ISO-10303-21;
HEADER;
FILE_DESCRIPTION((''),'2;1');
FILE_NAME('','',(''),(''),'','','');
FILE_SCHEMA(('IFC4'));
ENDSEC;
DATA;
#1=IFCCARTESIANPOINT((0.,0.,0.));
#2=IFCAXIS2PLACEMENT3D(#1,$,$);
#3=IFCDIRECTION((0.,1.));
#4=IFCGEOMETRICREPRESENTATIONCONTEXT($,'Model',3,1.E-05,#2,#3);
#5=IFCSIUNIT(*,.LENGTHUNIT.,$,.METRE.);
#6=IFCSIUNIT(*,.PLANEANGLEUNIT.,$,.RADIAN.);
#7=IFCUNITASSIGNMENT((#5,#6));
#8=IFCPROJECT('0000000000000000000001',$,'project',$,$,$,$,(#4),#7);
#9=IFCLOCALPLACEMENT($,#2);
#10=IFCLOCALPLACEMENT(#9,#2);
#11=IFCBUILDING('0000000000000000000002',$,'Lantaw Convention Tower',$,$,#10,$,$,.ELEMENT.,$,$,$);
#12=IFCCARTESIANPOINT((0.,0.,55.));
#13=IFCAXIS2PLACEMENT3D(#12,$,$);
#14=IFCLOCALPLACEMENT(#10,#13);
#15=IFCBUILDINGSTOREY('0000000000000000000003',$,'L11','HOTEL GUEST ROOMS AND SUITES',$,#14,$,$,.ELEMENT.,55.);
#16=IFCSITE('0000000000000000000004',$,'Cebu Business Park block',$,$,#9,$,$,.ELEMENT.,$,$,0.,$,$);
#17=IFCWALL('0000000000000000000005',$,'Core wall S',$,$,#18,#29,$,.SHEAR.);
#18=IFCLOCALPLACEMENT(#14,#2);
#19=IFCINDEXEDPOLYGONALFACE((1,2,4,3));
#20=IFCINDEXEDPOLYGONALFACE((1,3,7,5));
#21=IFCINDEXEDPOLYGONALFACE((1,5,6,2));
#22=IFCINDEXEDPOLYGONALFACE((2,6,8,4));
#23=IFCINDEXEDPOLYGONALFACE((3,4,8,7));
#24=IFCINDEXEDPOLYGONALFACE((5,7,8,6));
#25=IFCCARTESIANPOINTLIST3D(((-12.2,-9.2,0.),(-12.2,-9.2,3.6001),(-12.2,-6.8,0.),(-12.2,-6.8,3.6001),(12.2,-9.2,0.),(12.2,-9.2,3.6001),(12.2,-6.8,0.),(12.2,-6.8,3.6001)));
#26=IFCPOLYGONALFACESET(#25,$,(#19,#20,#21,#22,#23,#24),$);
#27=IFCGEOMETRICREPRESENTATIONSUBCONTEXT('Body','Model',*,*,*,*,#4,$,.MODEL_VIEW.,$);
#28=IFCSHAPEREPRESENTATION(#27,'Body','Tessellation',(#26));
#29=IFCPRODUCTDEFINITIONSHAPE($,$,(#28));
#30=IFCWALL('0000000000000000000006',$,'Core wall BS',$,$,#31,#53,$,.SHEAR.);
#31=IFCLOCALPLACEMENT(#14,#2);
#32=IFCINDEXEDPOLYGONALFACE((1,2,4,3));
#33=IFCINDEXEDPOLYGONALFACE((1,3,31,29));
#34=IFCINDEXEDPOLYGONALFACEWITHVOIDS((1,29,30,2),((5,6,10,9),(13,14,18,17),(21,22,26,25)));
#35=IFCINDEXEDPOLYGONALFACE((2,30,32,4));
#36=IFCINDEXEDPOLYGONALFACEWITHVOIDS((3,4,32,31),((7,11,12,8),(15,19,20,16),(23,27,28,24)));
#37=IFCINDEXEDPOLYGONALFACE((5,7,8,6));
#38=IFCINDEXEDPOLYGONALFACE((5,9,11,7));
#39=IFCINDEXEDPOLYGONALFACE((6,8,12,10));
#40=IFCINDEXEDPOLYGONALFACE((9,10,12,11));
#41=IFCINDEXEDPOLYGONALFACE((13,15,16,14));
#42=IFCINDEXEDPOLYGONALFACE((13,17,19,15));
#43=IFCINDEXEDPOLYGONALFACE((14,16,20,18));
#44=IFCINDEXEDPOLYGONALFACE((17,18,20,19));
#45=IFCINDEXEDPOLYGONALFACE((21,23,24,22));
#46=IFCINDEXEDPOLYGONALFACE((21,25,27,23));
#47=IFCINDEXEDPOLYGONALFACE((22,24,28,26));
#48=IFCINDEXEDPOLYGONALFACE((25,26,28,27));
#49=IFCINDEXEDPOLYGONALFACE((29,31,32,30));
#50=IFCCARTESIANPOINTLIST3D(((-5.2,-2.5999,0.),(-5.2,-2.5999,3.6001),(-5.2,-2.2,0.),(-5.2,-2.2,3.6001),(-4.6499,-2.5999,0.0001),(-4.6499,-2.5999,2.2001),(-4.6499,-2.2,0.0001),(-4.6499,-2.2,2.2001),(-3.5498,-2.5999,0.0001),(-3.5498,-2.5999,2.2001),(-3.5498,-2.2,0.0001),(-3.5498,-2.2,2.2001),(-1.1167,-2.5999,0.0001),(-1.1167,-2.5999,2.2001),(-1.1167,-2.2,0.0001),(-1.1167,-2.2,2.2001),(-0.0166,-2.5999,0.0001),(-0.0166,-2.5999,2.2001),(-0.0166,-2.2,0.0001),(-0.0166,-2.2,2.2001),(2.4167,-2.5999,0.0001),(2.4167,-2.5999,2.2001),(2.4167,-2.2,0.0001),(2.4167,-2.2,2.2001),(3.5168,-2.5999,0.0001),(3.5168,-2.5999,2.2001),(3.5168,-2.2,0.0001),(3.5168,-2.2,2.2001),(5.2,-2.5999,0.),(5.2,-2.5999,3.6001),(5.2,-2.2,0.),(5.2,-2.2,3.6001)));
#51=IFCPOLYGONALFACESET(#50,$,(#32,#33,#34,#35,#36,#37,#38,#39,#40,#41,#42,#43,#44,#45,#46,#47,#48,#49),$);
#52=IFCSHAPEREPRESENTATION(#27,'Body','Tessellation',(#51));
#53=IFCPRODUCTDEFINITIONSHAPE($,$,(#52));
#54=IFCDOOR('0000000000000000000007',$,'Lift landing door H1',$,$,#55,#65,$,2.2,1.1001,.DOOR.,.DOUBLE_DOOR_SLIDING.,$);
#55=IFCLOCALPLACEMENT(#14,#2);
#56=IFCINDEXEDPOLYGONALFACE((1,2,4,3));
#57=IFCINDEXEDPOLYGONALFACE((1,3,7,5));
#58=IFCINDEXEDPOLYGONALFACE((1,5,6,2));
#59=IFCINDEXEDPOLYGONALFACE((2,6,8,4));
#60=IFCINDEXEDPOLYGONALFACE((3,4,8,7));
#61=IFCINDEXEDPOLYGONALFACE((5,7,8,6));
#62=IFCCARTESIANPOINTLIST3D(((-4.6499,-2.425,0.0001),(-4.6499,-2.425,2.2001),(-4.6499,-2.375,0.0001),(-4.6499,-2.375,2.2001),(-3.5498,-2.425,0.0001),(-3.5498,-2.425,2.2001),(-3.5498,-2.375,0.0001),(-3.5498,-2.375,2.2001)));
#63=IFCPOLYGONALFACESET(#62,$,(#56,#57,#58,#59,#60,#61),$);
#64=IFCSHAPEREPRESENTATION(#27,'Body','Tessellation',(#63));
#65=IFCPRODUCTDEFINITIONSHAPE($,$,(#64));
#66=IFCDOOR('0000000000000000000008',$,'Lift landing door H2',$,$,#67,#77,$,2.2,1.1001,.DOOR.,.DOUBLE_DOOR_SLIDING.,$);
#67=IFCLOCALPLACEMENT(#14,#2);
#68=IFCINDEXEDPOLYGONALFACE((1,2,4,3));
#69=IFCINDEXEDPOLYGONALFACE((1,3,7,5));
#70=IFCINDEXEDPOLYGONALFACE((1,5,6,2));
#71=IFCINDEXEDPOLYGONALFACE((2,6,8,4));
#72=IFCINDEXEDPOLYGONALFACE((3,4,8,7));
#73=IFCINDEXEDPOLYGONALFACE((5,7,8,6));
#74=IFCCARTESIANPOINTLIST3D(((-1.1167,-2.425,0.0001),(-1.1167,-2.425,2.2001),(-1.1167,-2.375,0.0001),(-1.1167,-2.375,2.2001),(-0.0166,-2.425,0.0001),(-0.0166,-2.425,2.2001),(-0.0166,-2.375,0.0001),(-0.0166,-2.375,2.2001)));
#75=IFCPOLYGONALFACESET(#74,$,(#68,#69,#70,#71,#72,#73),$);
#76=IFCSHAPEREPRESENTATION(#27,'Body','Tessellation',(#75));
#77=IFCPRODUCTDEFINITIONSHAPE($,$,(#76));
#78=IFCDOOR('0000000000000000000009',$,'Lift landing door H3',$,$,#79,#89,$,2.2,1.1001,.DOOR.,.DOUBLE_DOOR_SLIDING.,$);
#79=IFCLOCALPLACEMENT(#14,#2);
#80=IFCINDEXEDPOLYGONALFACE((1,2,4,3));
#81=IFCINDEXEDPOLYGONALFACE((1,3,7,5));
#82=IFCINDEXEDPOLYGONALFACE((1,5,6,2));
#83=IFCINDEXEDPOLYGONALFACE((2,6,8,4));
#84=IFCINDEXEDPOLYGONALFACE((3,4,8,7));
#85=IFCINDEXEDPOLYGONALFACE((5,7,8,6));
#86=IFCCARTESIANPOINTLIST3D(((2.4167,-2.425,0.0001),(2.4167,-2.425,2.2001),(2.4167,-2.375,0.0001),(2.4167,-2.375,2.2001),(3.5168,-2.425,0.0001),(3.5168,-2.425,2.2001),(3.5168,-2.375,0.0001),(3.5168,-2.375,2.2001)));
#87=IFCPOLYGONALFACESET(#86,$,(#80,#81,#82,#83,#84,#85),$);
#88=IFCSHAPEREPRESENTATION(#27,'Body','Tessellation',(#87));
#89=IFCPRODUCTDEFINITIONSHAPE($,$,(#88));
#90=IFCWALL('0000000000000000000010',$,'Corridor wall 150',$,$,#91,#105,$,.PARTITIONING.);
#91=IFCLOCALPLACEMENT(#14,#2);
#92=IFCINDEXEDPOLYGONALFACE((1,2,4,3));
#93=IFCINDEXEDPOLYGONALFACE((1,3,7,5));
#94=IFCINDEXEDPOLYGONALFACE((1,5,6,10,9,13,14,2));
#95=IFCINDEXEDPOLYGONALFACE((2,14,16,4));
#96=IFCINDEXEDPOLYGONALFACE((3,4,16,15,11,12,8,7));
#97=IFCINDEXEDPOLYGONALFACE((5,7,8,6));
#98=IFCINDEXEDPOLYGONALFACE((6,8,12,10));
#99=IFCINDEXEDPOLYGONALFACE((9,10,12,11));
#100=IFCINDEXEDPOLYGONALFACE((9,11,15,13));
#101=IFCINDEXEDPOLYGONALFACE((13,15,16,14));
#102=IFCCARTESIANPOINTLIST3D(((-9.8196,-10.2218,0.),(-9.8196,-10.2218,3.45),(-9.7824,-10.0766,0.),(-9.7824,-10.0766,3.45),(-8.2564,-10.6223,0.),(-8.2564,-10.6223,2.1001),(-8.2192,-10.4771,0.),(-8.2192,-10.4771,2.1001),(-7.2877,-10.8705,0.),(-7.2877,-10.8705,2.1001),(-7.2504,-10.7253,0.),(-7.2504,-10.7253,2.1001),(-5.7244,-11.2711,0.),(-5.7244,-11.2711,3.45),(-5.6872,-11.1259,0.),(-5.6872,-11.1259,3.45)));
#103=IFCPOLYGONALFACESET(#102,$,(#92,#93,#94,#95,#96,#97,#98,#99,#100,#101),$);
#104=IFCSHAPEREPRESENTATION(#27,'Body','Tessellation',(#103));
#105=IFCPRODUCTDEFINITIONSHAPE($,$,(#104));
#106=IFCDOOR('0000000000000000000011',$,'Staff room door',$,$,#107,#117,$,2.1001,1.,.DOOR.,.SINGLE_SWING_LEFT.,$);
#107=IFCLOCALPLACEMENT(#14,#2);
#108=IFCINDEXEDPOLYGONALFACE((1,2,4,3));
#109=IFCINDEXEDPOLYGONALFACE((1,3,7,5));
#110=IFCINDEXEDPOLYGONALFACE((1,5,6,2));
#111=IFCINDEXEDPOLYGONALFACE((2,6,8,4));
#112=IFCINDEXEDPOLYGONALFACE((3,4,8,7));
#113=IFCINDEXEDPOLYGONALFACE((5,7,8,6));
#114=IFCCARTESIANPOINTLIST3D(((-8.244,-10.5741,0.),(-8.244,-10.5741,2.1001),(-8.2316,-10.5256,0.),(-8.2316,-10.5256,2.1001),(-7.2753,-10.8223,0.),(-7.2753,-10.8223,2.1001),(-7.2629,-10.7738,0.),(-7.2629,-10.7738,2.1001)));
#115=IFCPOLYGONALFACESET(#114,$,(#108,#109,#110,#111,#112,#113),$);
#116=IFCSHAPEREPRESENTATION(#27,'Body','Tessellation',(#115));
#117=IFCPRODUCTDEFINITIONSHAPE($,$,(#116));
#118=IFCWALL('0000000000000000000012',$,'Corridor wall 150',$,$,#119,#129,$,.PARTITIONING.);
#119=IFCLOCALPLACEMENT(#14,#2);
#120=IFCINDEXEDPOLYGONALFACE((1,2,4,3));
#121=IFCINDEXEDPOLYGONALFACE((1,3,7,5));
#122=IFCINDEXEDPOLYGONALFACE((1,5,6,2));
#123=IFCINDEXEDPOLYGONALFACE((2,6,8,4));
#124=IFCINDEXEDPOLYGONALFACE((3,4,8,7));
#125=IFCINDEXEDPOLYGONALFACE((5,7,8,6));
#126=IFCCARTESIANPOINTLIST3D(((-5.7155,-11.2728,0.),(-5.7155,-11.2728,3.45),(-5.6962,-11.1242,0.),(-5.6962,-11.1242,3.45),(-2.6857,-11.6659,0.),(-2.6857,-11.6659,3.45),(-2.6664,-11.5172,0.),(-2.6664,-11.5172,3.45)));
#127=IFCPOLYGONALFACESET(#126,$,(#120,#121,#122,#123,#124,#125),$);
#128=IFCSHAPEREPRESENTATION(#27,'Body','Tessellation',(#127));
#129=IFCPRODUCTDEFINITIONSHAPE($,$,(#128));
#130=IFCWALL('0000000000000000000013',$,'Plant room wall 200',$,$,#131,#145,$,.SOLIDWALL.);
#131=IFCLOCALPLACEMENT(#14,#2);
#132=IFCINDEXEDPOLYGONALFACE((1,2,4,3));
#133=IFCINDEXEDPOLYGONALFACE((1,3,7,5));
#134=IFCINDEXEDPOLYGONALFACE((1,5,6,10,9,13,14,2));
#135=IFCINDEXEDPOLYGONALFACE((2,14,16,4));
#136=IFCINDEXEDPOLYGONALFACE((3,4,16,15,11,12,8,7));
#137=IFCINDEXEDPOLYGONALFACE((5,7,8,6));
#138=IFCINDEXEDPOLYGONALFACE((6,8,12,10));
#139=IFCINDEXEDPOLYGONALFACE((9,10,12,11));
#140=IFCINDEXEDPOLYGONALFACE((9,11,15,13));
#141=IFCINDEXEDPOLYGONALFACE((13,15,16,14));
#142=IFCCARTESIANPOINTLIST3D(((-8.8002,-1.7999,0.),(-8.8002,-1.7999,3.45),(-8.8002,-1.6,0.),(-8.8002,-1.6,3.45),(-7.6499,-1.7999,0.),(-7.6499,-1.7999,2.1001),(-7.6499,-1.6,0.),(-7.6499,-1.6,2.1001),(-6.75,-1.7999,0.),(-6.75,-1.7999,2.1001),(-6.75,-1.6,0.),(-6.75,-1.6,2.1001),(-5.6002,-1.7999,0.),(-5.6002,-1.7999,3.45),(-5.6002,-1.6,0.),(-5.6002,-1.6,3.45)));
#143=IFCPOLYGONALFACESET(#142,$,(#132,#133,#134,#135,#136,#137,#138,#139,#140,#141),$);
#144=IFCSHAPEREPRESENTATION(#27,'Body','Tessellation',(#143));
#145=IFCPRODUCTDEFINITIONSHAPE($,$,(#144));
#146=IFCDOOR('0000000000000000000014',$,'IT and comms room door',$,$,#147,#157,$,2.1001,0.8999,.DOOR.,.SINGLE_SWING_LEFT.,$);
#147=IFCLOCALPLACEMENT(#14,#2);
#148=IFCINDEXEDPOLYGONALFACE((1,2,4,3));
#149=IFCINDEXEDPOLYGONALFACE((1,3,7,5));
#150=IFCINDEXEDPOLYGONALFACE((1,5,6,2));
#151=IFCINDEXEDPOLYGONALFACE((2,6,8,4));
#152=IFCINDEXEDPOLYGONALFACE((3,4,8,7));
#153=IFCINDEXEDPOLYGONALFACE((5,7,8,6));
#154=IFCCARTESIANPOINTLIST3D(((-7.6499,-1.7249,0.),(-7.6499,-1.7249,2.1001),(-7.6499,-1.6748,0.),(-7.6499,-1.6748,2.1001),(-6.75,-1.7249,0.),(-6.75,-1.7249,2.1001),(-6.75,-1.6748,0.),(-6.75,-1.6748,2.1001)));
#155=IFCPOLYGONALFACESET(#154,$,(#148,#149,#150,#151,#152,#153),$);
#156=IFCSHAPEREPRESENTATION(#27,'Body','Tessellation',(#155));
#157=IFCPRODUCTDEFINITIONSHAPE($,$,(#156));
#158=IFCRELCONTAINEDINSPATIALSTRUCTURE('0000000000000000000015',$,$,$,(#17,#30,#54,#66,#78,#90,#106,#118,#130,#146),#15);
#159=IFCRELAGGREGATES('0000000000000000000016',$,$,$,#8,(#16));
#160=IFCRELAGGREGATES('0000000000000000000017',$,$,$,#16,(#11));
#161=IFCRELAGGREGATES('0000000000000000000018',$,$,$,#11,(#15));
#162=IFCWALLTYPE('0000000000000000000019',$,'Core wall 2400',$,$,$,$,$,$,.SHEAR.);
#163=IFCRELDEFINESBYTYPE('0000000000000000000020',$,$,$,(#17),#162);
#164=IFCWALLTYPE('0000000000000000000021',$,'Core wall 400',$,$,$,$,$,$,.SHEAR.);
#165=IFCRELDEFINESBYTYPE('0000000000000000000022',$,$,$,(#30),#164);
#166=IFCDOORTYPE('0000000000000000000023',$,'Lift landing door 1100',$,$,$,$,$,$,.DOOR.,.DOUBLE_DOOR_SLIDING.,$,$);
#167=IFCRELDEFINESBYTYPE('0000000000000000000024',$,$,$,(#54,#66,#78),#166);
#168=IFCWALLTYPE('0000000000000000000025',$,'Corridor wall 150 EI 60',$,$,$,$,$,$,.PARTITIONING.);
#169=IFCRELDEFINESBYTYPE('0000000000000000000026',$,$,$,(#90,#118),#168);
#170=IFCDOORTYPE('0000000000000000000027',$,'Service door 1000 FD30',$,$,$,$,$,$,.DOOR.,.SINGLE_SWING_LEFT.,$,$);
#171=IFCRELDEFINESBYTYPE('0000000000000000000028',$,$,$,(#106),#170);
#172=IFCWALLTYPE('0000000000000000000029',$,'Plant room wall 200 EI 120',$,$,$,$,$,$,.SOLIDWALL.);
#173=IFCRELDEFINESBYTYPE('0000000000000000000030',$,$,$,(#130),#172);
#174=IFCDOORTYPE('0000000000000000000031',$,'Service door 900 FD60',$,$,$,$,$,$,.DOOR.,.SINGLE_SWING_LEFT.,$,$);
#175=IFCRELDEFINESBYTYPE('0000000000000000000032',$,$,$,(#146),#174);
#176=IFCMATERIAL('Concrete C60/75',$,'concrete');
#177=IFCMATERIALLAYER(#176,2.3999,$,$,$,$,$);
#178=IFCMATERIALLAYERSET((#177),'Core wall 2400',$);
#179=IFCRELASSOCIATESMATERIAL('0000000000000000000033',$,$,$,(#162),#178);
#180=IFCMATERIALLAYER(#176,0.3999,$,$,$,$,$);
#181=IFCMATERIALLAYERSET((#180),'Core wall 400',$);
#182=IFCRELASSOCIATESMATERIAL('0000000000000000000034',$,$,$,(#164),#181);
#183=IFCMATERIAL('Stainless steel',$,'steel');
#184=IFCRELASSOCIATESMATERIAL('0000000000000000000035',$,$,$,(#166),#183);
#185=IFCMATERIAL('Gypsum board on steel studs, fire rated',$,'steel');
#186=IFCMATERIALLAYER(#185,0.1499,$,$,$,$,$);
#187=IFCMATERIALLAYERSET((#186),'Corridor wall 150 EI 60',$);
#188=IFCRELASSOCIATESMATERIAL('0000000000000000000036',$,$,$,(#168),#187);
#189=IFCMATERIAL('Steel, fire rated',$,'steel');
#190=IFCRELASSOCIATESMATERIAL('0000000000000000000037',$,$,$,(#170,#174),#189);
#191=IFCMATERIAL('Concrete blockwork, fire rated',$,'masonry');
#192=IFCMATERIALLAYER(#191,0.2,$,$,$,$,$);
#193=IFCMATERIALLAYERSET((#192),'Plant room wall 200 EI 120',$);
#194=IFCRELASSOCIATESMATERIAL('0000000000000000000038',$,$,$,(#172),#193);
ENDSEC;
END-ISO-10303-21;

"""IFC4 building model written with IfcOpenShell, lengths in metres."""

from ifc_helpers import new_model, si_unit, direction, frame, frame_2d, origin, place, context, subcontext, project, spatial, rectangle, extrude, material, layer, layer_set, type_object, element, fill, save


model = new_model("IFC4")

# Units and contexts
model_context = context("Model", 3, precision=1e-05, world=origin(), true_north=direction((0.0, 1.0)))
body_context = subcontext(model_context, "Body", "Model", "MODEL_VIEW")
ifc_project = project(units=[si_unit("LENGTHUNIT", "METRE"), si_unit("PLANEANGLEUNIT", "RADIAN")], contexts=[model_context])

# Site, building, storey
site_placement = place(None, origin())
site = spatial("IfcSite", under=ifc_project, at=site_placement, Name="Cebu Business Park block", CompositionType="ELEMENT", RefElevation=0.0)
building_placement = place(site_placement, origin())
building = spatial("IfcBuilding", under=site, at=building_placement, Name="Lantaw Convention Tower", CompositionType="ELEMENT")
storey_placement = place(building_placement, frame((0.0, 0.0, 55.0)))
storey = spatial("IfcBuildingStorey", under=building, at=storey_placement, Name="L11", Description="HOTEL GUEST ROOMS AND SUITES", CompositionType="ELEMENT", Elevation=55.0)

# Shared definitions
ifc_material_1 = material(Name="Concrete C60/75", Category="concrete")
ifc_material_2 = material(Name="Steel, fire rated", Category="steel")

# Wall
ifc_layer_1 = layer(ifc_material_1, 2.3999)
ifc_layer_set_1 = layer_set([ifc_layer_1], Name="Core wall 2400")
wall_type_1 = type_object("IfcWallType", Name="Core wall 2400", PredefinedType="SHEAR", material=ifc_layer_set_1)
wall_1_placement = place(storey_placement, frame((-12.2, -8.0, 0.0), z_axis=(0.0, 0.0, 1.0), x_axis=(1.0, 0.0, 0.0)))
element("IfcWall", 1, at=wall_1_placement, inside=storey, type_object=wall_type_1, Name="Core wall S", PredefinedType="SHEAR", context=body_context, shape_type="SweptSolid", body=[
    extrude(rectangle(XDim=24.3999, YDim=2.3999, at=frame_2d((12.2, 0.0))), origin(), (0.0, 0.0, 1.0), 3.6001),
])

# Wall, openings, doors
ifc_layer_2 = layer(ifc_material_1, 0.3999)
ifc_layer_set_2 = layer_set([ifc_layer_2], Name="Core wall 400")
wall_type_2 = type_object("IfcWallType", Name="Core wall 400", PredefinedType="SHEAR", material=ifc_layer_set_2)
wall_2_placement = place(storey_placement, frame((-5.2, -2.3999, 0.0), z_axis=(0.0, 0.0, 1.0), x_axis=(1.0, 0.0, 0.0)))
wall_2 = element("IfcWall", 2, at=wall_2_placement, inside=storey, type_object=wall_type_2, Name="Core wall BS", PredefinedType="SHEAR", context=body_context, shape_type="SweptSolid", body=[
    extrude(rectangle(XDim=10.3999, YDim=0.3999, at=frame_2d((5.2, 0.0))), origin(), (0.0, 0.0, 1.0), 3.6001),
])
opening_1_placement = place(wall_2_placement, frame((0.55, 0.0, 0.0)))
opening_1 = element("IfcOpeningElement", 3, at=opening_1_placement, cuts=wall_2, PredefinedType="OPENING", context=body_context, shape_type="SweptSolid", body=[
    extrude(rectangle(XDim=1.1001, YDim=2.2, at=frame_2d((0.55, 1.1001))), frame((0.0, 0.21, 0.0), z_axis=(0.0, -1.0, 0.0), x_axis=(1.0, 0.0, 0.0)), (0.0, 0.0, 1.0), 0.4199),
])
opening_2_placement = place(wall_2_placement, frame((4.0833, 0.0, 0.0)))
opening_2 = element("IfcOpeningElement", 4, at=opening_2_placement, cuts=wall_2, PredefinedType="OPENING", context=body_context, shape_type="SweptSolid", body=[
    extrude(rectangle(XDim=1.1001, YDim=2.2, at=frame_2d((0.55, 1.1001))), frame((0.0, 0.21, 0.0), z_axis=(0.0, -1.0, 0.0), x_axis=(1.0, 0.0, 0.0)), (0.0, 0.0, 1.0), 0.4199),
])
opening_3_placement = place(wall_2_placement, frame((7.6167, 0.0, 0.0)))
opening_3 = element("IfcOpeningElement", 5, at=opening_3_placement, cuts=wall_2, PredefinedType="OPENING", context=body_context, shape_type="SweptSolid", body=[
    extrude(rectangle(XDim=1.1001, YDim=2.2, at=frame_2d((0.55, 1.1001))), frame((0.0, 0.21, 0.0), z_axis=(0.0, -1.0, 0.0), x_axis=(1.0, 0.0, 0.0)), (0.0, 0.0, 1.0), 0.4199),
])
ifc_material_3 = material(Name="Stainless steel", Category="steel")
door_type_1 = type_object("IfcDoorType", Name="Lift landing door 1100", OperationType="DOUBLE_DOOR_SLIDING", PredefinedType="DOOR", material=ifc_material_3)
door_1_placement = place(opening_1_placement, origin())
door_1 = element("IfcDoor", 6, at=door_1_placement, inside=storey, type_object=door_type_1, Name="Lift landing door H1", OperationType="DOUBLE_DOOR_SLIDING", OverallHeight=2.2, OverallWidth=1.1001, PredefinedType="DOOR", context=body_context, shape_type="SweptSolid", body=[
    extrude(rectangle(XDim=1.1001, YDim=2.2, at=frame_2d((0.55, 1.1001))), frame((0.0, 0.0249, 0.0), z_axis=(0.0, -1.0, 0.0), x_axis=(1.0, 0.0, 0.0)), (0.0, 0.0, 1.0), 0.05),
])
fill(opening_1, door_1)
door_2_placement = place(opening_2_placement, origin())
door_2 = element("IfcDoor", 7, at=door_2_placement, inside=storey, type_object=door_type_1, Name="Lift landing door H2", OperationType="DOUBLE_DOOR_SLIDING", OverallHeight=2.2, OverallWidth=1.1001, PredefinedType="DOOR", context=body_context, shape_type="SweptSolid", body=[
    extrude(rectangle(XDim=1.1001, YDim=2.2, at=frame_2d((0.55, 1.1001))), frame((0.0, 0.0249, 0.0), z_axis=(0.0, -1.0, 0.0), x_axis=(1.0, 0.0, 0.0)), (0.0, 0.0, 1.0), 0.05),
])
fill(opening_2, door_2)
door_3_placement = place(opening_3_placement, origin())
door_3 = element("IfcDoor", 8, at=door_3_placement, inside=storey, type_object=door_type_1, Name="Lift landing door H3", OperationType="DOUBLE_DOOR_SLIDING", OverallHeight=2.2, OverallWidth=1.1001, PredefinedType="DOOR", context=body_context, shape_type="SweptSolid", body=[
    extrude(rectangle(XDim=1.1001, YDim=2.2, at=frame_2d((0.55, 1.1001))), frame((0.0, 0.0249, 0.0), z_axis=(0.0, -1.0, 0.0), x_axis=(1.0, 0.0, 0.0)), (0.0, 0.0, 1.0), 0.05),
])
fill(opening_3, door_3)

# Wall, opening, door
ifc_material_4 = material(Name="Gypsum board on steel studs, fire rated", Category="steel")
ifc_layer_3 = layer(ifc_material_4, 0.1499)
ifc_layer_set_3 = layer_set([ifc_layer_3], Name="Corridor wall 150 EI 60")
wall_type_3 = type_object("IfcWallType", Name="Corridor wall 150 EI 60", PredefinedType="PARTITIONING", material=ifc_layer_set_3)
wall_3_placement = place(storey_placement, frame((-9.801, -10.1492, 0.0), z_axis=(0.0, 0.0, 1.0), x_axis=(0.968706, -0.248211, 0.0)))
wall_3 = element("IfcWall", 9, at=wall_3_placement, inside=storey, type_object=wall_type_3, Name="Corridor wall 150", PredefinedType="PARTITIONING", context=body_context, shape_type="SweptSolid", body=[
    extrude(rectangle(XDim=4.2275, YDim=0.1499, at=frame_2d((2.1138, 0.0))), origin(), (0.0, 0.0, 1.0), 3.45),
])
opening_4_placement = place(wall_3_placement, frame((1.6138, 0.0, 0.0)))
opening_4 = element("IfcOpeningElement", 10, at=opening_4_placement, cuts=wall_3, PredefinedType="OPENING", context=body_context, shape_type="SweptSolid", body=[
    extrude(rectangle(XDim=1.0, YDim=2.1001, at=frame_2d((0.5, 1.05))), frame((0.0, 0.085, 0.0), z_axis=(0.0, -1.0, 0.0), x_axis=(1.0, 0.0, 0.0)), (0.0, 0.0, 1.0), 0.1699),
])
door_type_2 = type_object("IfcDoorType", Name="Service door 1000 FD30", OperationType="SINGLE_SWING_LEFT", PredefinedType="DOOR", material=ifc_material_2)
door_4_placement = place(opening_4_placement, origin())
door_4 = element("IfcDoor", 11, at=door_4_placement, inside=storey, type_object=door_type_2, Name="Staff room door", OperationType="SINGLE_SWING_LEFT", OverallHeight=2.1001, OverallWidth=1.0, PredefinedType="DOOR", context=body_context, shape_type="SweptSolid", body=[
    extrude(rectangle(XDim=1.0, YDim=2.1001, at=frame_2d((0.5, 1.05))), frame((0.0, 0.0249, 0.0), z_axis=(0.0, -1.0, 0.0), x_axis=(1.0, 0.0, 0.0)), (0.0, 0.0, 1.0), 0.05),
])
fill(opening_4, door_4)

# Wall
wall_4_placement = place(storey_placement, frame((-5.7058, -11.1985, 0.0), z_axis=(0.0, 0.0, 1.0), x_axis=(0.991689, -0.128656, 0.0)))
element("IfcWall", 12, at=wall_4_placement, inside=storey, type_object=wall_type_3, Name="Corridor wall 150", PredefinedType="PARTITIONING", context=body_context, shape_type="SweptSolid", body=[
    extrude(rectangle(XDim=3.0552, YDim=0.1499, at=frame_2d((1.5276, 0.0))), origin(), (0.0, 0.0, 1.0), 3.45),
])

# Wall, opening, door
ifc_material_5 = material(Name="Concrete blockwork, fire rated", Category="masonry")
ifc_layer_4 = layer(ifc_material_5, 0.2)
ifc_layer_set_4 = layer_set([ifc_layer_4], Name="Plant room wall 200 EI 120")
wall_type_4 = type_object("IfcWallType", Name="Plant room wall 200 EI 120", PredefinedType="SOLIDWALL", material=ifc_layer_set_4)
wall_5_placement = place(storey_placement, frame((-5.6001, -1.7, 0.0), z_axis=(0.0, 0.0, 1.0), x_axis=(-1.0, 0.0, 0.0)))
wall_5 = element("IfcWall", 13, at=wall_5_placement, inside=storey, type_object=wall_type_4, Name="Plant room wall 200", PredefinedType="SOLIDWALL", context=body_context, shape_type="SweptSolid", body=[
    extrude(rectangle(XDim=3.2, YDim=0.2, at=frame_2d((1.6001, 0.0))), origin(), (0.0, 0.0, 1.0), 3.45),
])
opening_5_placement = place(wall_5_placement, frame((1.1499, 0.0, 0.0)))
opening_5 = element("IfcOpeningElement", 14, at=opening_5_placement, cuts=wall_5, PredefinedType="OPENING", context=body_context, shape_type="SweptSolid", body=[
    extrude(rectangle(XDim=0.8999, YDim=2.1001, at=frame_2d((0.45, 1.05))), frame((0.0, 0.1099, 0.0), z_axis=(0.0, -1.0, 0.0), x_axis=(1.0, 0.0, 0.0)), (0.0, 0.0, 1.0), 0.22),
])
door_type_3 = type_object("IfcDoorType", Name="Service door 900 FD60", OperationType="SINGLE_SWING_LEFT", PredefinedType="DOOR", material=ifc_material_2)
door_5_placement = place(opening_5_placement, origin())
door_5 = element("IfcDoor", 15, at=door_5_placement, inside=storey, type_object=door_type_3, Name="IT and comms room door", OperationType="SINGLE_SWING_LEFT", OverallHeight=2.1001, OverallWidth=0.8999, PredefinedType="DOOR", context=body_context, shape_type="SweptSolid", body=[
    extrude(rectangle(XDim=0.8999, YDim=2.1001, at=frame_2d((0.45, 1.05))), frame((0.0, 0.0249, 0.0), z_axis=(0.0, -1.0, 0.0), x_axis=(1.0, 0.0, 0.0)), (0.0, 0.0, 1.0), 0.05),
])
fill(opening_5, door_5)

save(model, "model.ifc")
